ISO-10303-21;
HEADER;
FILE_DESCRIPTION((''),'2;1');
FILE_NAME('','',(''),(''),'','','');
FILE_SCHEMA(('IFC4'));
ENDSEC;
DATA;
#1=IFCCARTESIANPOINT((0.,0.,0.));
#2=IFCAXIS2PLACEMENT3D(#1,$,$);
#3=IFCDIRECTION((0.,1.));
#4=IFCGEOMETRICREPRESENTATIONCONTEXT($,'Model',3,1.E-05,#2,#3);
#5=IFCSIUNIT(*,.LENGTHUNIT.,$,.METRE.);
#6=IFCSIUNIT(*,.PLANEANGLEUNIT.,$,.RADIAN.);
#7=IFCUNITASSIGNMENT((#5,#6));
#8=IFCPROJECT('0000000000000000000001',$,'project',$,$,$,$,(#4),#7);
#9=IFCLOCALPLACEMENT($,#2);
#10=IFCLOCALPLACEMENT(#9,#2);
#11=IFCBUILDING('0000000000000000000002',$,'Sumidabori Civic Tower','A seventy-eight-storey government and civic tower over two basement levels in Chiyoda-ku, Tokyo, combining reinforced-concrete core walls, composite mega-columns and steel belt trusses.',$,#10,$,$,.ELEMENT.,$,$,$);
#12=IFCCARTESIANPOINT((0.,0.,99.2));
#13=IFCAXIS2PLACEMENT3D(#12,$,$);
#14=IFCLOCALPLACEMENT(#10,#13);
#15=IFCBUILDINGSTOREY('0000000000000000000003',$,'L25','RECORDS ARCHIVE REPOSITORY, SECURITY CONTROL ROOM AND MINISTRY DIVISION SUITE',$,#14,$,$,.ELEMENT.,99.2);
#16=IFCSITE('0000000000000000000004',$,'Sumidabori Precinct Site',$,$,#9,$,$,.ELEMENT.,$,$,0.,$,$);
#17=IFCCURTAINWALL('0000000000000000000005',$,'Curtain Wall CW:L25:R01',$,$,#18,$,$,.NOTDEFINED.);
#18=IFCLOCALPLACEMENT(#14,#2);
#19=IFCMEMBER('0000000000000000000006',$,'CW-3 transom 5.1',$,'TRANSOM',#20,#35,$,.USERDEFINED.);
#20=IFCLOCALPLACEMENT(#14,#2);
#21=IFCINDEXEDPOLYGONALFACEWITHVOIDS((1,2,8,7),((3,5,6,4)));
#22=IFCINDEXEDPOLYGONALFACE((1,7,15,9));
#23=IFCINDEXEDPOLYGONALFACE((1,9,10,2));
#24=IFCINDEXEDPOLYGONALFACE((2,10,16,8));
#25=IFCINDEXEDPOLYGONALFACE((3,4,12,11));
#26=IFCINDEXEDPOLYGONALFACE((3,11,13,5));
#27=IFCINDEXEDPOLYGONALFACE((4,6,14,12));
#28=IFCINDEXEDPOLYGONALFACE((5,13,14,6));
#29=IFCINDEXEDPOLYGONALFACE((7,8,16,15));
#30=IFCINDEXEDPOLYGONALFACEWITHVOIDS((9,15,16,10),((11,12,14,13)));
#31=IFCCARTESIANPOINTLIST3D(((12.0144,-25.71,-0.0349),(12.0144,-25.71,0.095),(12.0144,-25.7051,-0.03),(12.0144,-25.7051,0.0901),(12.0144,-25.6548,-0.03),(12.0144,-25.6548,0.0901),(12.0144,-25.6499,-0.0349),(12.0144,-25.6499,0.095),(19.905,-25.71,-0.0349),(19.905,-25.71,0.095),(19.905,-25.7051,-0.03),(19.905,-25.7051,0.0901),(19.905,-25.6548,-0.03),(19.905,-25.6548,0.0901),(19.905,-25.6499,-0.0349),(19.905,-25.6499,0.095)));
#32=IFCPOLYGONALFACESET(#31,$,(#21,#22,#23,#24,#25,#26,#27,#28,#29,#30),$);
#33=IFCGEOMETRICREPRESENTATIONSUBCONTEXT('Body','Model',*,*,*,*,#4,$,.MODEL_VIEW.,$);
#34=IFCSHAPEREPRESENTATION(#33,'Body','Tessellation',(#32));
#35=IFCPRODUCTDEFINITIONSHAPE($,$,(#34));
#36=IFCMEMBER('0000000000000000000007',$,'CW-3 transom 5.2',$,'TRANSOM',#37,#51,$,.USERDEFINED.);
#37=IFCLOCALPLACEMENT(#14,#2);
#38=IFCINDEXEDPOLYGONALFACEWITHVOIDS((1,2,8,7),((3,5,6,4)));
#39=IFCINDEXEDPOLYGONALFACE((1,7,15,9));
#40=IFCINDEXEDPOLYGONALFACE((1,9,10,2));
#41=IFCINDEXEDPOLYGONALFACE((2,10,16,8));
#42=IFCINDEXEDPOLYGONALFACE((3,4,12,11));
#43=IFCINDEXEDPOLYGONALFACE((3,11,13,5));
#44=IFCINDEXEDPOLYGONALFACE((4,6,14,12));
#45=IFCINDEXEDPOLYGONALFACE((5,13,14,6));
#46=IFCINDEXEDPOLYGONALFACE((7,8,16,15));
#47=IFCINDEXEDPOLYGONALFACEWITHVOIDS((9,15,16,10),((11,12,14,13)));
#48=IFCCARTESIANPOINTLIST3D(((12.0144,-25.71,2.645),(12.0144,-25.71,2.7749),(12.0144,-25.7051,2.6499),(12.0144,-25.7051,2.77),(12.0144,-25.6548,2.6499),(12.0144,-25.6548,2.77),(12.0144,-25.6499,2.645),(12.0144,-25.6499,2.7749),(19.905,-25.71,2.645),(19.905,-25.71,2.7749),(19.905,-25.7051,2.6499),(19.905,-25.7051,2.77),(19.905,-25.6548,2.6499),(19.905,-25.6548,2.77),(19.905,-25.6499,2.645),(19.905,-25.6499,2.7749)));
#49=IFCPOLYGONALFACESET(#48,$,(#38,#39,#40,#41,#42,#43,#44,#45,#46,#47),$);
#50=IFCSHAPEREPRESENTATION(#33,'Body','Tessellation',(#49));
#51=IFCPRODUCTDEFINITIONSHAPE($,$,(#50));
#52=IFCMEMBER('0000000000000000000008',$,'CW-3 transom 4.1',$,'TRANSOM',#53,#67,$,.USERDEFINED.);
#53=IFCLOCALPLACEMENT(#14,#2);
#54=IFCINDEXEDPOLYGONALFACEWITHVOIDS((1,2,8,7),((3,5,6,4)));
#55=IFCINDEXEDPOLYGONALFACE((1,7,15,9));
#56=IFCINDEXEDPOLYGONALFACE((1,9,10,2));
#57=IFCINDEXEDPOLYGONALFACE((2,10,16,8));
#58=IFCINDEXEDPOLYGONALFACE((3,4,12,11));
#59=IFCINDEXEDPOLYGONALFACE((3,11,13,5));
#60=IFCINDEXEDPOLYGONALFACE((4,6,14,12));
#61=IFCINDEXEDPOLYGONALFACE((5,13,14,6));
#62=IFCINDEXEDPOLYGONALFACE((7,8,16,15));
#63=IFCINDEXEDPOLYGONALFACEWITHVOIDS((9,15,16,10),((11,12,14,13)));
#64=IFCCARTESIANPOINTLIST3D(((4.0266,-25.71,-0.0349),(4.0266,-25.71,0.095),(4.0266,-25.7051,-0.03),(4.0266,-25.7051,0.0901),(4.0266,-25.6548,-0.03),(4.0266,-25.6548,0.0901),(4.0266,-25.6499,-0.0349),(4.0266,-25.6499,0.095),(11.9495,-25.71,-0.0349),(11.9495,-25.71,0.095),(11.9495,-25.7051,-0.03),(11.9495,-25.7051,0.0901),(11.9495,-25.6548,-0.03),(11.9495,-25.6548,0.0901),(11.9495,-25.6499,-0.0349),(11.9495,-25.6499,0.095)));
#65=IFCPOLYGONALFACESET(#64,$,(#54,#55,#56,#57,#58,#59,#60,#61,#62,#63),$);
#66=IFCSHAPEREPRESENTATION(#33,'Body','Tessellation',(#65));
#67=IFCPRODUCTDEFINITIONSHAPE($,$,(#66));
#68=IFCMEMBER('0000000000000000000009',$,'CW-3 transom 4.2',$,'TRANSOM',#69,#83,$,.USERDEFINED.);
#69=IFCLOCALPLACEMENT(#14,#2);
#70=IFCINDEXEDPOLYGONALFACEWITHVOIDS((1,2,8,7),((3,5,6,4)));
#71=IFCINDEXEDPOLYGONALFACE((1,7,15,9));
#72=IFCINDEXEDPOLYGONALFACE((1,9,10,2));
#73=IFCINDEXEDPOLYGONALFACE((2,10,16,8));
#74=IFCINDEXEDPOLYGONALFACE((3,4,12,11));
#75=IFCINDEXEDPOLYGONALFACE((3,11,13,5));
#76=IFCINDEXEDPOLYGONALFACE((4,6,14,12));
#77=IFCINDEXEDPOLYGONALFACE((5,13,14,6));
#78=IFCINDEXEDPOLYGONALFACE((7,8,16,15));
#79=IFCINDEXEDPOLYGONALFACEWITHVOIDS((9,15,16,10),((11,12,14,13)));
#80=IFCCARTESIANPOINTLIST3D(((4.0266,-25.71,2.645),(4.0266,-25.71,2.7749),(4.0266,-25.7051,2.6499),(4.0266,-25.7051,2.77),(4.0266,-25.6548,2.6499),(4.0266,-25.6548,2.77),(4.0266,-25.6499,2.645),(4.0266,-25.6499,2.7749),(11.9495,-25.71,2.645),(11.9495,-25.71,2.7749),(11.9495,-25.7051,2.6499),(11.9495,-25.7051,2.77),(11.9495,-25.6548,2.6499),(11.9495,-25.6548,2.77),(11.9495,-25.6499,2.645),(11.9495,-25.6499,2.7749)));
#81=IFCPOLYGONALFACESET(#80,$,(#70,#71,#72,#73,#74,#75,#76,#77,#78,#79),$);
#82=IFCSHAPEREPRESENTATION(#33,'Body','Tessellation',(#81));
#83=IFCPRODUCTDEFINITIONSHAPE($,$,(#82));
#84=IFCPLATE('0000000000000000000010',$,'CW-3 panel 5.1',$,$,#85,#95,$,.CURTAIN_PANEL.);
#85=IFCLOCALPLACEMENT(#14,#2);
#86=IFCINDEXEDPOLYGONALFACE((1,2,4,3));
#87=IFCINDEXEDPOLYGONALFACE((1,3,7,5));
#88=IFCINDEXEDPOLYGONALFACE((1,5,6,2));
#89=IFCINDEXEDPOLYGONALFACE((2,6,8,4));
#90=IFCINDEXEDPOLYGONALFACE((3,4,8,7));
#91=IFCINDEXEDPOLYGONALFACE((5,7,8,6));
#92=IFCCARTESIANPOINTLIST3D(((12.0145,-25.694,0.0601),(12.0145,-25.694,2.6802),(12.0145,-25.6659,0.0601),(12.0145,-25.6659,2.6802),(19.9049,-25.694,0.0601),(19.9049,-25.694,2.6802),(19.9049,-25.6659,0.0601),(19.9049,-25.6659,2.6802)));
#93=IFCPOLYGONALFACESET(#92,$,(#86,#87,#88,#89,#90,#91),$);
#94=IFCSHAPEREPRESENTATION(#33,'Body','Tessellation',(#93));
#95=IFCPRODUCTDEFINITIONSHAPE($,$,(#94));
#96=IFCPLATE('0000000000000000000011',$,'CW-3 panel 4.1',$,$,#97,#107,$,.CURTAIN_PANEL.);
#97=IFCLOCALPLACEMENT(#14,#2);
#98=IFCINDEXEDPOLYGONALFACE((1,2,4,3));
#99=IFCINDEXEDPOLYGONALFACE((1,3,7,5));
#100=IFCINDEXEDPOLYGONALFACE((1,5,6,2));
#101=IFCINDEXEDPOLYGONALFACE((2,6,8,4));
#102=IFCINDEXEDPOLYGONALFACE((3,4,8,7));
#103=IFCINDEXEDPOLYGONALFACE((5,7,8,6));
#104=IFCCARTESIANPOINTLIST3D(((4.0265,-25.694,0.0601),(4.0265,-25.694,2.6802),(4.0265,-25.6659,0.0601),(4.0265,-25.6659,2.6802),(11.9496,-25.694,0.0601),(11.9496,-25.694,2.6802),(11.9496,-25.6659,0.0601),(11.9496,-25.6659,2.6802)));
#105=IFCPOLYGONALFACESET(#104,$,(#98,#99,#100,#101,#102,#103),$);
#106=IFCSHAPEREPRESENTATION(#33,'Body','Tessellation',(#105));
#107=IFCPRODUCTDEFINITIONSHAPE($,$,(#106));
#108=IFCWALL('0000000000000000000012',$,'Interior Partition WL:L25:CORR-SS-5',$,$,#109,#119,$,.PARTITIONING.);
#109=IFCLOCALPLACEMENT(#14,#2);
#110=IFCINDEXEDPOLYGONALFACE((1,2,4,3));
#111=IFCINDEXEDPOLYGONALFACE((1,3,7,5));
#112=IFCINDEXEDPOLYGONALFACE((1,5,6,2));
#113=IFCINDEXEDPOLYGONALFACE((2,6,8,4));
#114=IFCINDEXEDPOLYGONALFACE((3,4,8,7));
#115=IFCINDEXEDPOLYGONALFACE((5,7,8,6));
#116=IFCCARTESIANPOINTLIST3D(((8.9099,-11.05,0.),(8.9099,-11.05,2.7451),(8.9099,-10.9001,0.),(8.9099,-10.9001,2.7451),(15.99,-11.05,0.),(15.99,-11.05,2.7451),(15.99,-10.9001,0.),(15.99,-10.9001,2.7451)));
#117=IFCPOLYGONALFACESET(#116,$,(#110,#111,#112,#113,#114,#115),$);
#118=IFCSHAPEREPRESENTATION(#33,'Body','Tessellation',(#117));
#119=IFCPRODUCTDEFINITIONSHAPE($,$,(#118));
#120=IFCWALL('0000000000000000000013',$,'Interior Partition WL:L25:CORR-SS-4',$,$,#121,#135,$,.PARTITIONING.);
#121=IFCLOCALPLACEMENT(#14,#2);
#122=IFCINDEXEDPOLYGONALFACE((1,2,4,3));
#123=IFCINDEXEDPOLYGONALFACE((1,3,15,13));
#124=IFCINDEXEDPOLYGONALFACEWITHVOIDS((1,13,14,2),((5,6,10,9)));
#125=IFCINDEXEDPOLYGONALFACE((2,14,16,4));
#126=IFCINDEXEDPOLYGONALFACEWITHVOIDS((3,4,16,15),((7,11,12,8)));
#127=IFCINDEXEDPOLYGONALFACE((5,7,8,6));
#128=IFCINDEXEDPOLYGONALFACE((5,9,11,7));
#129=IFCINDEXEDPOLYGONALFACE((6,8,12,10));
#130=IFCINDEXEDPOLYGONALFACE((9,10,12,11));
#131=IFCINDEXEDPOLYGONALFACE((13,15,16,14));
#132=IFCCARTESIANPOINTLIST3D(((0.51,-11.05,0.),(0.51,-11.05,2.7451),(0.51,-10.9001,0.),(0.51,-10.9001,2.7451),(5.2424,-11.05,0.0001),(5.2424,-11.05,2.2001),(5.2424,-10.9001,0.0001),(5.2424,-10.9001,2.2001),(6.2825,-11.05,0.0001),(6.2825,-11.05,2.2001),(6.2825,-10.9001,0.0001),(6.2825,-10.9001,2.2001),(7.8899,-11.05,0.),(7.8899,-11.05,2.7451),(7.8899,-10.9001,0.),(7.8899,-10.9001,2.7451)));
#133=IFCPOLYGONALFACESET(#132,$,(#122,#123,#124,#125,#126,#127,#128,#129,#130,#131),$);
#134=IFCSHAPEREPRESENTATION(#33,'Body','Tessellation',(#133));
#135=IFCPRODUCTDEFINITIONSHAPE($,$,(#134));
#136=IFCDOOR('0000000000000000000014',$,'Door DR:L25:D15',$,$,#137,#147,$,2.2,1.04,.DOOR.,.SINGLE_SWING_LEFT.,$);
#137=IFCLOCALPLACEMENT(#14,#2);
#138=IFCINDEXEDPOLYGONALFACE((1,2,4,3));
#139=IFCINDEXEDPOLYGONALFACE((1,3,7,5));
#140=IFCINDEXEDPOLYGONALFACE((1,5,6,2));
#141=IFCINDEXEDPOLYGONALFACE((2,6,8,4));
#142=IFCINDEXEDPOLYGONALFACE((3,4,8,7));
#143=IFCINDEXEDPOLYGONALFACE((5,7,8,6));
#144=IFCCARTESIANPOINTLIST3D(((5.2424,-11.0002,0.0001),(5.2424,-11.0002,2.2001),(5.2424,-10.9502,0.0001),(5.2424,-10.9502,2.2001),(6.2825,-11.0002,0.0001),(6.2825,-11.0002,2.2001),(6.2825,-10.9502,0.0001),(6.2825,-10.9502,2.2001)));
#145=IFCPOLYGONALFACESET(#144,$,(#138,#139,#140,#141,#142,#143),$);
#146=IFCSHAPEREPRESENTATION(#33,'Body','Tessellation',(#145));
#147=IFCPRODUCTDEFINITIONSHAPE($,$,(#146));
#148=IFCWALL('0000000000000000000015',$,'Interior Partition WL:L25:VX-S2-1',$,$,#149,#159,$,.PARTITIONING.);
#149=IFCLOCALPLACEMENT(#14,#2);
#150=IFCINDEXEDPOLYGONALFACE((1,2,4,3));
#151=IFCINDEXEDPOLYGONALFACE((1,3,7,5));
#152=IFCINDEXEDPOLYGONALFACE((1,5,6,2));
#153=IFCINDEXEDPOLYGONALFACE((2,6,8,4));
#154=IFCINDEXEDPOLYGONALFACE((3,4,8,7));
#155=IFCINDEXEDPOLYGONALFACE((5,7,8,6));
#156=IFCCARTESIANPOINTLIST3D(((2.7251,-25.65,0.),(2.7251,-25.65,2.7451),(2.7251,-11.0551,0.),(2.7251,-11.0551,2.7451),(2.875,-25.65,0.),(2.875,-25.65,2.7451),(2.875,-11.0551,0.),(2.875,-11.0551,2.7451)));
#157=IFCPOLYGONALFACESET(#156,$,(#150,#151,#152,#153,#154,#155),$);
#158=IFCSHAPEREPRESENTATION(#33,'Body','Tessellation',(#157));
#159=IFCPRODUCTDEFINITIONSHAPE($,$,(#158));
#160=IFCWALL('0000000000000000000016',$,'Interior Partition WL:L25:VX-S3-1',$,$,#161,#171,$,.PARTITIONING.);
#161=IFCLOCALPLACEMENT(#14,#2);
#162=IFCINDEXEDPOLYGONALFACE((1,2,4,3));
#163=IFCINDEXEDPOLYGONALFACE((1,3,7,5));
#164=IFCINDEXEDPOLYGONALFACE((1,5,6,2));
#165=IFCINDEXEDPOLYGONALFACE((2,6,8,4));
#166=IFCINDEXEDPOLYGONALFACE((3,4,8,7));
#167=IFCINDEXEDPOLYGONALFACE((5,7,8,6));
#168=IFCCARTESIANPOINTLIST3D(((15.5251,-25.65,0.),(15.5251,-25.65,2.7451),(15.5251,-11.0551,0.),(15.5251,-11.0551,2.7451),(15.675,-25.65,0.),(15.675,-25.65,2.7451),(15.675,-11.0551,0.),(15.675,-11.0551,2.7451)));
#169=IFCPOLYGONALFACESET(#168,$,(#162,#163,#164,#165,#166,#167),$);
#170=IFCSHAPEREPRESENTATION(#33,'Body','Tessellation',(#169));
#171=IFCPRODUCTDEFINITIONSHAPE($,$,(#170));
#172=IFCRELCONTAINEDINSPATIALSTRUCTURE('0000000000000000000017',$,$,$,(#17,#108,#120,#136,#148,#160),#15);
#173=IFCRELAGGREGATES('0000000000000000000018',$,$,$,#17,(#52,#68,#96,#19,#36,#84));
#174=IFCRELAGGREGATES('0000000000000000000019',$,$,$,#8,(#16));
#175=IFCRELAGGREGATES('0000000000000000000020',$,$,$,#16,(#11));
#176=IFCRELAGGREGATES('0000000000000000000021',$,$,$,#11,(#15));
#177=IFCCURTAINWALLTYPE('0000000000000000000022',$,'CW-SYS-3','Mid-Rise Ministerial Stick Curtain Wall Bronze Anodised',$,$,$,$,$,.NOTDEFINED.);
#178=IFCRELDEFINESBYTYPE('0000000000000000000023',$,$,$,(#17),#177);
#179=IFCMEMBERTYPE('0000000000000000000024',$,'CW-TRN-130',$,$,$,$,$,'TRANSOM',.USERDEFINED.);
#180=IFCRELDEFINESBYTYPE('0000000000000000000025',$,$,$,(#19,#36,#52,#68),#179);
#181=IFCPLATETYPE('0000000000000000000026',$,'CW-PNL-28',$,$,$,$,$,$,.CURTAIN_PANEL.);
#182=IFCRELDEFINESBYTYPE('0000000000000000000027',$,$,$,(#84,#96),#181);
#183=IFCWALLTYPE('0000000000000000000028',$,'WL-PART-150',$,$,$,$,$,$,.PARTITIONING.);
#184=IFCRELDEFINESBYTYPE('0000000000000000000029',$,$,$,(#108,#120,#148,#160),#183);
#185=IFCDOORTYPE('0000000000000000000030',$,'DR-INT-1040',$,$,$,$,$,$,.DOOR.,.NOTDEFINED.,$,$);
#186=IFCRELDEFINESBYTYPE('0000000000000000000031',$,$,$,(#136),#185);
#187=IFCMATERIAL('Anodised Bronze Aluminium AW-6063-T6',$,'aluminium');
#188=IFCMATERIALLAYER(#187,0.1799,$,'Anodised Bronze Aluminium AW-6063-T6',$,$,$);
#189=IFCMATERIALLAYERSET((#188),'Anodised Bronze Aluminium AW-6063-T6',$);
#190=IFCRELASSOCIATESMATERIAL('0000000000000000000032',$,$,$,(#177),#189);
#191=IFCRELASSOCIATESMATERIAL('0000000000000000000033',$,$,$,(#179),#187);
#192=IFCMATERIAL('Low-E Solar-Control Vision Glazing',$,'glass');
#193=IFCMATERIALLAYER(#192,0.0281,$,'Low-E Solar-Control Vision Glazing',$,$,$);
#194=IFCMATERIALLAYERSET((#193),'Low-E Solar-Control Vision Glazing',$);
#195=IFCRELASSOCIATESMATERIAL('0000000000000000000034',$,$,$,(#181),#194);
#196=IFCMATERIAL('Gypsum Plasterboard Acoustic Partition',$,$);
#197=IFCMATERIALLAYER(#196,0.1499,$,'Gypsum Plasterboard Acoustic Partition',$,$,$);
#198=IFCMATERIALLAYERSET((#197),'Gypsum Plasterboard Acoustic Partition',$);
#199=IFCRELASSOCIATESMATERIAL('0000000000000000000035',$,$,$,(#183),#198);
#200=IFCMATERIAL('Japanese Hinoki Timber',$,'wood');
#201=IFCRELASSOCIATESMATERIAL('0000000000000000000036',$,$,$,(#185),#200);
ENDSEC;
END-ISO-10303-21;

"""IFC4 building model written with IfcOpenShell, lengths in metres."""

from ifc_helpers import new_model, si_unit, direction, frame, frame_2d, origin, origin_2d, place, context, subcontext, project, spatial, rectangle, hollow_rectangle, extrude, source, transform, mapped, material, layer, layer_set, material_profile, profile_set, type_object, element, fill, aggregate, save


model = new_model("IFC4")

# Units and contexts
model_context = context("Model", 3, precision=1e-05, world=origin(), true_north=direction((0.0, 1.0)))
body_context = subcontext(model_context, "Body", "Model", "MODEL_VIEW")
ifc_project = project(units=[si_unit("LENGTHUNIT", "METRE"), si_unit("PLANEANGLEUNIT", "RADIAN")], contexts=[model_context])

# Site, building, storey
site_placement = place(None, origin())
site = spatial("IfcSite", under=ifc_project, at=site_placement, Name="Sumidabori Precinct Site", CompositionType="ELEMENT", RefElevation=0.0)
building_placement = place(site_placement, origin())
building = spatial("IfcBuilding", under=site, at=building_placement, Name="Sumidabori Civic Tower", Description="A seventy-eight-storey government and civic tower over two basement levels in Chiyoda-ku, Tokyo, combining reinforced-concrete core walls, composite mega-columns and steel belt trusses.", CompositionType="ELEMENT")
storey_placement = place(building_placement, frame((0.0, 0.0, 99.2)))
storey = spatial("IfcBuildingStorey", under=building, at=storey_placement, Name="L25", Description="RECORDS ARCHIVE REPOSITORY, SECURITY CONTROL ROOM AND MINISTRY DIVISION SUITE", CompositionType="ELEMENT", Elevation=99.2)

# Curtain wall, members, plates
ifc_material_1 = material(Name="Anodised Bronze Aluminium AW-6063-T6", Category="aluminium")
ifc_layer_1 = layer(ifc_material_1, 0.1799, Name="Anodised Bronze Aluminium AW-6063-T6")
ifc_layer_set_1 = layer_set([ifc_layer_1], Name="Anodised Bronze Aluminium AW-6063-T6")
curtain_wall_type = type_object("IfcCurtainWallType", Name="CW-SYS-3", Description="Mid-Rise Ministerial Stick Curtain Wall Bronze Anodised", PredefinedType="NOTDEFINED", material=ifc_layer_set_1)
curtain_wall_placement = place(storey_placement, origin())
curtain_wall = element("IfcCurtainWall", 1, at=curtain_wall_placement, inside=storey, type_object=curtain_wall_type, Name="Curtain Wall CW:L25:R01", PredefinedType="NOTDEFINED")
ifc_material_profile_1 = material_profile(ifc_material_1, hollow_rectangle(XDim=0.0601, YDim=0.1299, WallThickness=0.0049, at=origin_2d()), Name="ALU TRANSOM 130x60")
ifc_profile_set_1 = profile_set([ifc_material_profile_1], Name="Anodised Bronze Aluminium AW-6063-T6")
member_type_1 = type_object("IfcMemberType", Name="CW-TRN-130", ElementType="TRANSOM", PredefinedType="USERDEFINED", material=ifc_profile_set_1)
shared_shape_1 = source(origin(), body_context, "Body", "SweptSolid", [
    extrude(hollow_rectangle(XDim=0.0601, YDim=0.1299, WallThickness=0.0049, at=origin_2d()), origin(), (0.0, 0.0, 1.0), 7.8906),
])
member_1_placement = place(storey_placement, frame((12.0144, -25.6799, 0.03), z_axis=(1.0, 0.0, 0.0), x_axis=(0.0, 1.0, 0.0)))
member_1 = element("IfcMember", 2, at=member_1_placement, type_object=member_type_1, Name="CW-3 transom 5.1", ObjectType="TRANSOM", PredefinedType="USERDEFINED", context=body_context, shape_type="MappedRepresentation", body=[
    mapped(shared_shape_1, transform((0.0, 0.0, 0.0), x_axis=(1.0, 0.0, 0.0), y_axis=(0.0, 1.0, 0.0), z_axis=(0.0, 0.0, 1.0), scale=1.0)),
])
member_2_placement = place(storey_placement, frame((12.0144, -25.6799, 2.71), z_axis=(1.0, 0.0, 0.0), x_axis=(0.0, 1.0, 0.0)))
member_2 = element("IfcMember", 3, at=member_2_placement, type_object=member_type_1, Name="CW-3 transom 5.2", ObjectType="TRANSOM", PredefinedType="USERDEFINED", context=body_context, shape_type="MappedRepresentation", body=[
    mapped(shared_shape_1, transform((0.0, 0.0, 0.0), x_axis=(1.0, 0.0, 0.0), y_axis=(0.0, 1.0, 0.0), z_axis=(0.0, 0.0, 1.0), scale=1.0)),
])
shared_shape_2 = source(origin(), body_context, "Body", "SweptSolid", [
    extrude(hollow_rectangle(XDim=0.0601, YDim=0.1299, WallThickness=0.0049, at=origin_2d()), origin(), (0.0, 0.0, 1.0), 7.9229),
])
member_3_placement = place(storey_placement, frame((4.0266, -25.6799, 0.03), z_axis=(1.0, 0.0, 0.0), x_axis=(0.0, 1.0, 0.0)))
member_3 = element("IfcMember", 4, at=member_3_placement, type_object=member_type_1, Name="CW-3 transom 4.1", ObjectType="TRANSOM", PredefinedType="USERDEFINED", context=body_context, shape_type="MappedRepresentation", body=[
    mapped(shared_shape_2, transform((0.0, 0.0, 0.0), x_axis=(1.0, 0.0, 0.0), y_axis=(0.0, 1.0, 0.0), z_axis=(0.0, 0.0, 1.0), scale=1.0)),
])
member_4_placement = place(storey_placement, frame((4.0266, -25.6799, 2.71), z_axis=(1.0, 0.0, 0.0), x_axis=(0.0, 1.0, 0.0)))
member_4 = element("IfcMember", 5, at=member_4_placement, type_object=member_type_1, Name="CW-3 transom 4.2", ObjectType="TRANSOM", PredefinedType="USERDEFINED", context=body_context, shape_type="MappedRepresentation", body=[
    mapped(shared_shape_2, transform((0.0, 0.0, 0.0), x_axis=(1.0, 0.0, 0.0), y_axis=(0.0, 1.0, 0.0), z_axis=(0.0, 0.0, 1.0), scale=1.0)),
])
ifc_material_2 = material(Name="Low-E Solar-Control Vision Glazing", Category="glass")
ifc_layer_2 = layer(ifc_material_2, 0.0281, Name="Low-E Solar-Control Vision Glazing")
ifc_layer_set_2 = layer_set([ifc_layer_2], Name="Low-E Solar-Control Vision Glazing")
plate_type = type_object("IfcPlateType", Name="CW-PNL-28", PredefinedType="CURTAIN_PANEL", material=ifc_layer_set_2)
shared_shape_3 = source(origin(), body_context, "Body", "SweptSolid", [
    extrude(rectangle(XDim=7.8904, YDim=0.0281, at=origin_2d()), origin(), (0.0, 0.0, 1.0), 2.6201),
])
plate_1_placement = place(storey_placement, frame((15.9597, -25.6799, 0.0601), z_axis=(0.0, 0.0, 1.0), x_axis=(1.0, 0.0, 0.0)))
plate_1 = element("IfcPlate", 6, at=plate_1_placement, type_object=plate_type, Name="CW-3 panel 5.1", PredefinedType="CURTAIN_PANEL", context=body_context, shape_type="MappedRepresentation", body=[
    mapped(shared_shape_3, transform((0.0, 0.0, 0.0), x_axis=(1.0, 0.0, 0.0), y_axis=(0.0, 1.0, 0.0), z_axis=(0.0, 0.0, 1.0), scale=1.0)),
])
shared_shape_4 = source(origin(), body_context, "Body", "SweptSolid", [
    extrude(rectangle(XDim=7.9231, YDim=0.0281, at=origin_2d()), origin(), (0.0, 0.0, 1.0), 2.6201),
])
plate_2_placement = place(storey_placement, frame((7.988, -25.6799, 0.0601), z_axis=(0.0, 0.0, 1.0), x_axis=(1.0, 0.0, 0.0)))
plate_2 = element("IfcPlate", 7, at=plate_2_placement, type_object=plate_type, Name="CW-3 panel 4.1", PredefinedType="CURTAIN_PANEL", context=body_context, shape_type="MappedRepresentation", body=[
    mapped(shared_shape_4, transform((0.0, 0.0, 0.0), x_axis=(1.0, 0.0, 0.0), y_axis=(0.0, 1.0, 0.0), z_axis=(0.0, 0.0, 1.0), scale=1.0)),
])
aggregate(curtain_wall, [member_3, member_4, plate_2, member_1, member_2, plate_1])

# Wall
ifc_material_3 = material(Name="Gypsum Plasterboard Acoustic Partition")
ifc_layer_3 = layer(ifc_material_3, 0.1499, Name="Gypsum Plasterboard Acoustic Partition")
ifc_layer_set_3 = layer_set([ifc_layer_3], Name="Gypsum Plasterboard Acoustic Partition")
wall_type = type_object("IfcWallType", Name="WL-PART-150", PredefinedType="PARTITIONING", material=ifc_layer_set_3)
shared_shape_5 = source(origin(), body_context, "Body", "SweptSolid", [
    extrude(rectangle(XDim=7.0801, YDim=0.1499, at=frame_2d((3.54, 0.0))), origin(), (0.0, 0.0, 1.0), 2.7451),
])
wall_1_placement = place(storey_placement, frame((8.9099, -10.9751, 0.0), z_axis=(0.0, 0.0, 1.0), x_axis=(1.0, 0.0, 0.0)))
element("IfcWall", 8, at=wall_1_placement, inside=storey, type_object=wall_type, Name="Interior Partition WL:L25:CORR-SS-5", PredefinedType="PARTITIONING", context=body_context, shape_type="MappedRepresentation", body=[
    mapped(shared_shape_5, transform((0.0, 0.0, 0.0), x_axis=(1.0, 0.0, 0.0), y_axis=(0.0, 1.0, 0.0), z_axis=(0.0, 0.0, 1.0), scale=1.0)),
])

# Wall, opening, door
shared_shape_6 = source(origin(), body_context, "Body", "SweptSolid", [
    extrude(rectangle(XDim=7.3799, YDim=0.1499, at=frame_2d((3.6899, 0.0))), origin(), (0.0, 0.0, 1.0), 2.7451),
])
wall_2_placement = place(storey_placement, frame((0.51, -10.9751, 0.0), z_axis=(0.0, 0.0, 1.0), x_axis=(1.0, 0.0, 0.0)))
wall_2 = element("IfcWall", 9, at=wall_2_placement, inside=storey, type_object=wall_type, Name="Interior Partition WL:L25:CORR-SS-4", PredefinedType="PARTITIONING", context=body_context, shape_type="MappedRepresentation", body=[
    mapped(shared_shape_6, transform((0.0, 0.0, 0.0), x_axis=(1.0, 0.0, 0.0), y_axis=(0.0, 1.0, 0.0), z_axis=(0.0, 0.0, 1.0), scale=1.0)),
])
opening_placement = place(wall_2_placement, frame((4.7324, 0.0, 0.0)))
opening = element("IfcOpeningElement", 10, at=opening_placement, cuts=wall_2, PredefinedType="OPENING", context=body_context, shape_type="SweptSolid", body=[
    extrude(rectangle(XDim=1.04, YDim=2.2, at=frame_2d((0.52, 1.1001))), frame((0.0, 0.0869, 0.0), z_axis=(0.0, -1.0, 0.0), x_axis=(1.0, 0.0, 0.0)), (0.0, 0.0, 1.0), 0.1738),
])
ifc_material_4 = material(Name="Japanese Hinoki Timber", Category="wood")
door_type = type_object("IfcDoorType", Name="DR-INT-1040", OperationType="NOTDEFINED", PredefinedType="DOOR", material=ifc_material_4)
shared_shape_7 = source(origin(), body_context, "Body", "SweptSolid", [
    extrude(rectangle(XDim=1.04, YDim=2.2, at=frame_2d((0.52, 1.1001))), frame((0.0, 0.0249, 0.0), z_axis=(0.0, -1.0, 0.0), x_axis=(1.0, 0.0, 0.0)), (0.0, 0.0, 1.0), 0.05),
])
door_placement = place(opening_placement, origin())
door = element("IfcDoor", 11, at=door_placement, inside=storey, type_object=door_type, Name="Door DR:L25:D15", OperationType="SINGLE_SWING_LEFT", OverallHeight=2.2, OverallWidth=1.04, PredefinedType="DOOR", context=body_context, shape_type="MappedRepresentation", body=[
    mapped(shared_shape_7, transform((0.0, 0.0, 0.0), x_axis=(1.0, 0.0, 0.0), y_axis=(0.0, 1.0, 0.0), z_axis=(0.0, 0.0, 1.0), scale=1.0)),
])
fill(opening, door)

# Walls
shared_shape_8 = source(origin(), body_context, "Body", "SweptSolid", [
    extrude(rectangle(XDim=14.595, YDim=0.1499, at=frame_2d((7.2974, 0.0))), origin(), (0.0, 0.0, 1.0), 2.7451),
])
for number, where, z_axis, x_axis, name in (
    (12, (2.8, -25.6499, 0.0), (0.0, 0.0, 1.0), (0.0, 1.0, 0.0), "Interior Partition WL:L25:VX-S2-1"),
    (13, (15.6001, -25.6499, 0.0), (0.0, 0.0, 1.0), (0.0, 1.0, 0.0), "Interior Partition WL:L25:VX-S3-1"),
):
    element("IfcWall", number, at=place(storey_placement, frame(where, z_axis=z_axis, x_axis=x_axis)), inside=storey, type_object=wall_type, Name=name, PredefinedType="PARTITIONING", context=body_context, shape_type="MappedRepresentation", body=[
        mapped(shared_shape_8, transform((0.0, 0.0, 0.0), x_axis=(1.0, 0.0, 0.0), y_axis=(0.0, 1.0, 0.0), z_axis=(0.0, 0.0, 1.0), scale=1.0)),
    ])

save(model, "model.ifc")
